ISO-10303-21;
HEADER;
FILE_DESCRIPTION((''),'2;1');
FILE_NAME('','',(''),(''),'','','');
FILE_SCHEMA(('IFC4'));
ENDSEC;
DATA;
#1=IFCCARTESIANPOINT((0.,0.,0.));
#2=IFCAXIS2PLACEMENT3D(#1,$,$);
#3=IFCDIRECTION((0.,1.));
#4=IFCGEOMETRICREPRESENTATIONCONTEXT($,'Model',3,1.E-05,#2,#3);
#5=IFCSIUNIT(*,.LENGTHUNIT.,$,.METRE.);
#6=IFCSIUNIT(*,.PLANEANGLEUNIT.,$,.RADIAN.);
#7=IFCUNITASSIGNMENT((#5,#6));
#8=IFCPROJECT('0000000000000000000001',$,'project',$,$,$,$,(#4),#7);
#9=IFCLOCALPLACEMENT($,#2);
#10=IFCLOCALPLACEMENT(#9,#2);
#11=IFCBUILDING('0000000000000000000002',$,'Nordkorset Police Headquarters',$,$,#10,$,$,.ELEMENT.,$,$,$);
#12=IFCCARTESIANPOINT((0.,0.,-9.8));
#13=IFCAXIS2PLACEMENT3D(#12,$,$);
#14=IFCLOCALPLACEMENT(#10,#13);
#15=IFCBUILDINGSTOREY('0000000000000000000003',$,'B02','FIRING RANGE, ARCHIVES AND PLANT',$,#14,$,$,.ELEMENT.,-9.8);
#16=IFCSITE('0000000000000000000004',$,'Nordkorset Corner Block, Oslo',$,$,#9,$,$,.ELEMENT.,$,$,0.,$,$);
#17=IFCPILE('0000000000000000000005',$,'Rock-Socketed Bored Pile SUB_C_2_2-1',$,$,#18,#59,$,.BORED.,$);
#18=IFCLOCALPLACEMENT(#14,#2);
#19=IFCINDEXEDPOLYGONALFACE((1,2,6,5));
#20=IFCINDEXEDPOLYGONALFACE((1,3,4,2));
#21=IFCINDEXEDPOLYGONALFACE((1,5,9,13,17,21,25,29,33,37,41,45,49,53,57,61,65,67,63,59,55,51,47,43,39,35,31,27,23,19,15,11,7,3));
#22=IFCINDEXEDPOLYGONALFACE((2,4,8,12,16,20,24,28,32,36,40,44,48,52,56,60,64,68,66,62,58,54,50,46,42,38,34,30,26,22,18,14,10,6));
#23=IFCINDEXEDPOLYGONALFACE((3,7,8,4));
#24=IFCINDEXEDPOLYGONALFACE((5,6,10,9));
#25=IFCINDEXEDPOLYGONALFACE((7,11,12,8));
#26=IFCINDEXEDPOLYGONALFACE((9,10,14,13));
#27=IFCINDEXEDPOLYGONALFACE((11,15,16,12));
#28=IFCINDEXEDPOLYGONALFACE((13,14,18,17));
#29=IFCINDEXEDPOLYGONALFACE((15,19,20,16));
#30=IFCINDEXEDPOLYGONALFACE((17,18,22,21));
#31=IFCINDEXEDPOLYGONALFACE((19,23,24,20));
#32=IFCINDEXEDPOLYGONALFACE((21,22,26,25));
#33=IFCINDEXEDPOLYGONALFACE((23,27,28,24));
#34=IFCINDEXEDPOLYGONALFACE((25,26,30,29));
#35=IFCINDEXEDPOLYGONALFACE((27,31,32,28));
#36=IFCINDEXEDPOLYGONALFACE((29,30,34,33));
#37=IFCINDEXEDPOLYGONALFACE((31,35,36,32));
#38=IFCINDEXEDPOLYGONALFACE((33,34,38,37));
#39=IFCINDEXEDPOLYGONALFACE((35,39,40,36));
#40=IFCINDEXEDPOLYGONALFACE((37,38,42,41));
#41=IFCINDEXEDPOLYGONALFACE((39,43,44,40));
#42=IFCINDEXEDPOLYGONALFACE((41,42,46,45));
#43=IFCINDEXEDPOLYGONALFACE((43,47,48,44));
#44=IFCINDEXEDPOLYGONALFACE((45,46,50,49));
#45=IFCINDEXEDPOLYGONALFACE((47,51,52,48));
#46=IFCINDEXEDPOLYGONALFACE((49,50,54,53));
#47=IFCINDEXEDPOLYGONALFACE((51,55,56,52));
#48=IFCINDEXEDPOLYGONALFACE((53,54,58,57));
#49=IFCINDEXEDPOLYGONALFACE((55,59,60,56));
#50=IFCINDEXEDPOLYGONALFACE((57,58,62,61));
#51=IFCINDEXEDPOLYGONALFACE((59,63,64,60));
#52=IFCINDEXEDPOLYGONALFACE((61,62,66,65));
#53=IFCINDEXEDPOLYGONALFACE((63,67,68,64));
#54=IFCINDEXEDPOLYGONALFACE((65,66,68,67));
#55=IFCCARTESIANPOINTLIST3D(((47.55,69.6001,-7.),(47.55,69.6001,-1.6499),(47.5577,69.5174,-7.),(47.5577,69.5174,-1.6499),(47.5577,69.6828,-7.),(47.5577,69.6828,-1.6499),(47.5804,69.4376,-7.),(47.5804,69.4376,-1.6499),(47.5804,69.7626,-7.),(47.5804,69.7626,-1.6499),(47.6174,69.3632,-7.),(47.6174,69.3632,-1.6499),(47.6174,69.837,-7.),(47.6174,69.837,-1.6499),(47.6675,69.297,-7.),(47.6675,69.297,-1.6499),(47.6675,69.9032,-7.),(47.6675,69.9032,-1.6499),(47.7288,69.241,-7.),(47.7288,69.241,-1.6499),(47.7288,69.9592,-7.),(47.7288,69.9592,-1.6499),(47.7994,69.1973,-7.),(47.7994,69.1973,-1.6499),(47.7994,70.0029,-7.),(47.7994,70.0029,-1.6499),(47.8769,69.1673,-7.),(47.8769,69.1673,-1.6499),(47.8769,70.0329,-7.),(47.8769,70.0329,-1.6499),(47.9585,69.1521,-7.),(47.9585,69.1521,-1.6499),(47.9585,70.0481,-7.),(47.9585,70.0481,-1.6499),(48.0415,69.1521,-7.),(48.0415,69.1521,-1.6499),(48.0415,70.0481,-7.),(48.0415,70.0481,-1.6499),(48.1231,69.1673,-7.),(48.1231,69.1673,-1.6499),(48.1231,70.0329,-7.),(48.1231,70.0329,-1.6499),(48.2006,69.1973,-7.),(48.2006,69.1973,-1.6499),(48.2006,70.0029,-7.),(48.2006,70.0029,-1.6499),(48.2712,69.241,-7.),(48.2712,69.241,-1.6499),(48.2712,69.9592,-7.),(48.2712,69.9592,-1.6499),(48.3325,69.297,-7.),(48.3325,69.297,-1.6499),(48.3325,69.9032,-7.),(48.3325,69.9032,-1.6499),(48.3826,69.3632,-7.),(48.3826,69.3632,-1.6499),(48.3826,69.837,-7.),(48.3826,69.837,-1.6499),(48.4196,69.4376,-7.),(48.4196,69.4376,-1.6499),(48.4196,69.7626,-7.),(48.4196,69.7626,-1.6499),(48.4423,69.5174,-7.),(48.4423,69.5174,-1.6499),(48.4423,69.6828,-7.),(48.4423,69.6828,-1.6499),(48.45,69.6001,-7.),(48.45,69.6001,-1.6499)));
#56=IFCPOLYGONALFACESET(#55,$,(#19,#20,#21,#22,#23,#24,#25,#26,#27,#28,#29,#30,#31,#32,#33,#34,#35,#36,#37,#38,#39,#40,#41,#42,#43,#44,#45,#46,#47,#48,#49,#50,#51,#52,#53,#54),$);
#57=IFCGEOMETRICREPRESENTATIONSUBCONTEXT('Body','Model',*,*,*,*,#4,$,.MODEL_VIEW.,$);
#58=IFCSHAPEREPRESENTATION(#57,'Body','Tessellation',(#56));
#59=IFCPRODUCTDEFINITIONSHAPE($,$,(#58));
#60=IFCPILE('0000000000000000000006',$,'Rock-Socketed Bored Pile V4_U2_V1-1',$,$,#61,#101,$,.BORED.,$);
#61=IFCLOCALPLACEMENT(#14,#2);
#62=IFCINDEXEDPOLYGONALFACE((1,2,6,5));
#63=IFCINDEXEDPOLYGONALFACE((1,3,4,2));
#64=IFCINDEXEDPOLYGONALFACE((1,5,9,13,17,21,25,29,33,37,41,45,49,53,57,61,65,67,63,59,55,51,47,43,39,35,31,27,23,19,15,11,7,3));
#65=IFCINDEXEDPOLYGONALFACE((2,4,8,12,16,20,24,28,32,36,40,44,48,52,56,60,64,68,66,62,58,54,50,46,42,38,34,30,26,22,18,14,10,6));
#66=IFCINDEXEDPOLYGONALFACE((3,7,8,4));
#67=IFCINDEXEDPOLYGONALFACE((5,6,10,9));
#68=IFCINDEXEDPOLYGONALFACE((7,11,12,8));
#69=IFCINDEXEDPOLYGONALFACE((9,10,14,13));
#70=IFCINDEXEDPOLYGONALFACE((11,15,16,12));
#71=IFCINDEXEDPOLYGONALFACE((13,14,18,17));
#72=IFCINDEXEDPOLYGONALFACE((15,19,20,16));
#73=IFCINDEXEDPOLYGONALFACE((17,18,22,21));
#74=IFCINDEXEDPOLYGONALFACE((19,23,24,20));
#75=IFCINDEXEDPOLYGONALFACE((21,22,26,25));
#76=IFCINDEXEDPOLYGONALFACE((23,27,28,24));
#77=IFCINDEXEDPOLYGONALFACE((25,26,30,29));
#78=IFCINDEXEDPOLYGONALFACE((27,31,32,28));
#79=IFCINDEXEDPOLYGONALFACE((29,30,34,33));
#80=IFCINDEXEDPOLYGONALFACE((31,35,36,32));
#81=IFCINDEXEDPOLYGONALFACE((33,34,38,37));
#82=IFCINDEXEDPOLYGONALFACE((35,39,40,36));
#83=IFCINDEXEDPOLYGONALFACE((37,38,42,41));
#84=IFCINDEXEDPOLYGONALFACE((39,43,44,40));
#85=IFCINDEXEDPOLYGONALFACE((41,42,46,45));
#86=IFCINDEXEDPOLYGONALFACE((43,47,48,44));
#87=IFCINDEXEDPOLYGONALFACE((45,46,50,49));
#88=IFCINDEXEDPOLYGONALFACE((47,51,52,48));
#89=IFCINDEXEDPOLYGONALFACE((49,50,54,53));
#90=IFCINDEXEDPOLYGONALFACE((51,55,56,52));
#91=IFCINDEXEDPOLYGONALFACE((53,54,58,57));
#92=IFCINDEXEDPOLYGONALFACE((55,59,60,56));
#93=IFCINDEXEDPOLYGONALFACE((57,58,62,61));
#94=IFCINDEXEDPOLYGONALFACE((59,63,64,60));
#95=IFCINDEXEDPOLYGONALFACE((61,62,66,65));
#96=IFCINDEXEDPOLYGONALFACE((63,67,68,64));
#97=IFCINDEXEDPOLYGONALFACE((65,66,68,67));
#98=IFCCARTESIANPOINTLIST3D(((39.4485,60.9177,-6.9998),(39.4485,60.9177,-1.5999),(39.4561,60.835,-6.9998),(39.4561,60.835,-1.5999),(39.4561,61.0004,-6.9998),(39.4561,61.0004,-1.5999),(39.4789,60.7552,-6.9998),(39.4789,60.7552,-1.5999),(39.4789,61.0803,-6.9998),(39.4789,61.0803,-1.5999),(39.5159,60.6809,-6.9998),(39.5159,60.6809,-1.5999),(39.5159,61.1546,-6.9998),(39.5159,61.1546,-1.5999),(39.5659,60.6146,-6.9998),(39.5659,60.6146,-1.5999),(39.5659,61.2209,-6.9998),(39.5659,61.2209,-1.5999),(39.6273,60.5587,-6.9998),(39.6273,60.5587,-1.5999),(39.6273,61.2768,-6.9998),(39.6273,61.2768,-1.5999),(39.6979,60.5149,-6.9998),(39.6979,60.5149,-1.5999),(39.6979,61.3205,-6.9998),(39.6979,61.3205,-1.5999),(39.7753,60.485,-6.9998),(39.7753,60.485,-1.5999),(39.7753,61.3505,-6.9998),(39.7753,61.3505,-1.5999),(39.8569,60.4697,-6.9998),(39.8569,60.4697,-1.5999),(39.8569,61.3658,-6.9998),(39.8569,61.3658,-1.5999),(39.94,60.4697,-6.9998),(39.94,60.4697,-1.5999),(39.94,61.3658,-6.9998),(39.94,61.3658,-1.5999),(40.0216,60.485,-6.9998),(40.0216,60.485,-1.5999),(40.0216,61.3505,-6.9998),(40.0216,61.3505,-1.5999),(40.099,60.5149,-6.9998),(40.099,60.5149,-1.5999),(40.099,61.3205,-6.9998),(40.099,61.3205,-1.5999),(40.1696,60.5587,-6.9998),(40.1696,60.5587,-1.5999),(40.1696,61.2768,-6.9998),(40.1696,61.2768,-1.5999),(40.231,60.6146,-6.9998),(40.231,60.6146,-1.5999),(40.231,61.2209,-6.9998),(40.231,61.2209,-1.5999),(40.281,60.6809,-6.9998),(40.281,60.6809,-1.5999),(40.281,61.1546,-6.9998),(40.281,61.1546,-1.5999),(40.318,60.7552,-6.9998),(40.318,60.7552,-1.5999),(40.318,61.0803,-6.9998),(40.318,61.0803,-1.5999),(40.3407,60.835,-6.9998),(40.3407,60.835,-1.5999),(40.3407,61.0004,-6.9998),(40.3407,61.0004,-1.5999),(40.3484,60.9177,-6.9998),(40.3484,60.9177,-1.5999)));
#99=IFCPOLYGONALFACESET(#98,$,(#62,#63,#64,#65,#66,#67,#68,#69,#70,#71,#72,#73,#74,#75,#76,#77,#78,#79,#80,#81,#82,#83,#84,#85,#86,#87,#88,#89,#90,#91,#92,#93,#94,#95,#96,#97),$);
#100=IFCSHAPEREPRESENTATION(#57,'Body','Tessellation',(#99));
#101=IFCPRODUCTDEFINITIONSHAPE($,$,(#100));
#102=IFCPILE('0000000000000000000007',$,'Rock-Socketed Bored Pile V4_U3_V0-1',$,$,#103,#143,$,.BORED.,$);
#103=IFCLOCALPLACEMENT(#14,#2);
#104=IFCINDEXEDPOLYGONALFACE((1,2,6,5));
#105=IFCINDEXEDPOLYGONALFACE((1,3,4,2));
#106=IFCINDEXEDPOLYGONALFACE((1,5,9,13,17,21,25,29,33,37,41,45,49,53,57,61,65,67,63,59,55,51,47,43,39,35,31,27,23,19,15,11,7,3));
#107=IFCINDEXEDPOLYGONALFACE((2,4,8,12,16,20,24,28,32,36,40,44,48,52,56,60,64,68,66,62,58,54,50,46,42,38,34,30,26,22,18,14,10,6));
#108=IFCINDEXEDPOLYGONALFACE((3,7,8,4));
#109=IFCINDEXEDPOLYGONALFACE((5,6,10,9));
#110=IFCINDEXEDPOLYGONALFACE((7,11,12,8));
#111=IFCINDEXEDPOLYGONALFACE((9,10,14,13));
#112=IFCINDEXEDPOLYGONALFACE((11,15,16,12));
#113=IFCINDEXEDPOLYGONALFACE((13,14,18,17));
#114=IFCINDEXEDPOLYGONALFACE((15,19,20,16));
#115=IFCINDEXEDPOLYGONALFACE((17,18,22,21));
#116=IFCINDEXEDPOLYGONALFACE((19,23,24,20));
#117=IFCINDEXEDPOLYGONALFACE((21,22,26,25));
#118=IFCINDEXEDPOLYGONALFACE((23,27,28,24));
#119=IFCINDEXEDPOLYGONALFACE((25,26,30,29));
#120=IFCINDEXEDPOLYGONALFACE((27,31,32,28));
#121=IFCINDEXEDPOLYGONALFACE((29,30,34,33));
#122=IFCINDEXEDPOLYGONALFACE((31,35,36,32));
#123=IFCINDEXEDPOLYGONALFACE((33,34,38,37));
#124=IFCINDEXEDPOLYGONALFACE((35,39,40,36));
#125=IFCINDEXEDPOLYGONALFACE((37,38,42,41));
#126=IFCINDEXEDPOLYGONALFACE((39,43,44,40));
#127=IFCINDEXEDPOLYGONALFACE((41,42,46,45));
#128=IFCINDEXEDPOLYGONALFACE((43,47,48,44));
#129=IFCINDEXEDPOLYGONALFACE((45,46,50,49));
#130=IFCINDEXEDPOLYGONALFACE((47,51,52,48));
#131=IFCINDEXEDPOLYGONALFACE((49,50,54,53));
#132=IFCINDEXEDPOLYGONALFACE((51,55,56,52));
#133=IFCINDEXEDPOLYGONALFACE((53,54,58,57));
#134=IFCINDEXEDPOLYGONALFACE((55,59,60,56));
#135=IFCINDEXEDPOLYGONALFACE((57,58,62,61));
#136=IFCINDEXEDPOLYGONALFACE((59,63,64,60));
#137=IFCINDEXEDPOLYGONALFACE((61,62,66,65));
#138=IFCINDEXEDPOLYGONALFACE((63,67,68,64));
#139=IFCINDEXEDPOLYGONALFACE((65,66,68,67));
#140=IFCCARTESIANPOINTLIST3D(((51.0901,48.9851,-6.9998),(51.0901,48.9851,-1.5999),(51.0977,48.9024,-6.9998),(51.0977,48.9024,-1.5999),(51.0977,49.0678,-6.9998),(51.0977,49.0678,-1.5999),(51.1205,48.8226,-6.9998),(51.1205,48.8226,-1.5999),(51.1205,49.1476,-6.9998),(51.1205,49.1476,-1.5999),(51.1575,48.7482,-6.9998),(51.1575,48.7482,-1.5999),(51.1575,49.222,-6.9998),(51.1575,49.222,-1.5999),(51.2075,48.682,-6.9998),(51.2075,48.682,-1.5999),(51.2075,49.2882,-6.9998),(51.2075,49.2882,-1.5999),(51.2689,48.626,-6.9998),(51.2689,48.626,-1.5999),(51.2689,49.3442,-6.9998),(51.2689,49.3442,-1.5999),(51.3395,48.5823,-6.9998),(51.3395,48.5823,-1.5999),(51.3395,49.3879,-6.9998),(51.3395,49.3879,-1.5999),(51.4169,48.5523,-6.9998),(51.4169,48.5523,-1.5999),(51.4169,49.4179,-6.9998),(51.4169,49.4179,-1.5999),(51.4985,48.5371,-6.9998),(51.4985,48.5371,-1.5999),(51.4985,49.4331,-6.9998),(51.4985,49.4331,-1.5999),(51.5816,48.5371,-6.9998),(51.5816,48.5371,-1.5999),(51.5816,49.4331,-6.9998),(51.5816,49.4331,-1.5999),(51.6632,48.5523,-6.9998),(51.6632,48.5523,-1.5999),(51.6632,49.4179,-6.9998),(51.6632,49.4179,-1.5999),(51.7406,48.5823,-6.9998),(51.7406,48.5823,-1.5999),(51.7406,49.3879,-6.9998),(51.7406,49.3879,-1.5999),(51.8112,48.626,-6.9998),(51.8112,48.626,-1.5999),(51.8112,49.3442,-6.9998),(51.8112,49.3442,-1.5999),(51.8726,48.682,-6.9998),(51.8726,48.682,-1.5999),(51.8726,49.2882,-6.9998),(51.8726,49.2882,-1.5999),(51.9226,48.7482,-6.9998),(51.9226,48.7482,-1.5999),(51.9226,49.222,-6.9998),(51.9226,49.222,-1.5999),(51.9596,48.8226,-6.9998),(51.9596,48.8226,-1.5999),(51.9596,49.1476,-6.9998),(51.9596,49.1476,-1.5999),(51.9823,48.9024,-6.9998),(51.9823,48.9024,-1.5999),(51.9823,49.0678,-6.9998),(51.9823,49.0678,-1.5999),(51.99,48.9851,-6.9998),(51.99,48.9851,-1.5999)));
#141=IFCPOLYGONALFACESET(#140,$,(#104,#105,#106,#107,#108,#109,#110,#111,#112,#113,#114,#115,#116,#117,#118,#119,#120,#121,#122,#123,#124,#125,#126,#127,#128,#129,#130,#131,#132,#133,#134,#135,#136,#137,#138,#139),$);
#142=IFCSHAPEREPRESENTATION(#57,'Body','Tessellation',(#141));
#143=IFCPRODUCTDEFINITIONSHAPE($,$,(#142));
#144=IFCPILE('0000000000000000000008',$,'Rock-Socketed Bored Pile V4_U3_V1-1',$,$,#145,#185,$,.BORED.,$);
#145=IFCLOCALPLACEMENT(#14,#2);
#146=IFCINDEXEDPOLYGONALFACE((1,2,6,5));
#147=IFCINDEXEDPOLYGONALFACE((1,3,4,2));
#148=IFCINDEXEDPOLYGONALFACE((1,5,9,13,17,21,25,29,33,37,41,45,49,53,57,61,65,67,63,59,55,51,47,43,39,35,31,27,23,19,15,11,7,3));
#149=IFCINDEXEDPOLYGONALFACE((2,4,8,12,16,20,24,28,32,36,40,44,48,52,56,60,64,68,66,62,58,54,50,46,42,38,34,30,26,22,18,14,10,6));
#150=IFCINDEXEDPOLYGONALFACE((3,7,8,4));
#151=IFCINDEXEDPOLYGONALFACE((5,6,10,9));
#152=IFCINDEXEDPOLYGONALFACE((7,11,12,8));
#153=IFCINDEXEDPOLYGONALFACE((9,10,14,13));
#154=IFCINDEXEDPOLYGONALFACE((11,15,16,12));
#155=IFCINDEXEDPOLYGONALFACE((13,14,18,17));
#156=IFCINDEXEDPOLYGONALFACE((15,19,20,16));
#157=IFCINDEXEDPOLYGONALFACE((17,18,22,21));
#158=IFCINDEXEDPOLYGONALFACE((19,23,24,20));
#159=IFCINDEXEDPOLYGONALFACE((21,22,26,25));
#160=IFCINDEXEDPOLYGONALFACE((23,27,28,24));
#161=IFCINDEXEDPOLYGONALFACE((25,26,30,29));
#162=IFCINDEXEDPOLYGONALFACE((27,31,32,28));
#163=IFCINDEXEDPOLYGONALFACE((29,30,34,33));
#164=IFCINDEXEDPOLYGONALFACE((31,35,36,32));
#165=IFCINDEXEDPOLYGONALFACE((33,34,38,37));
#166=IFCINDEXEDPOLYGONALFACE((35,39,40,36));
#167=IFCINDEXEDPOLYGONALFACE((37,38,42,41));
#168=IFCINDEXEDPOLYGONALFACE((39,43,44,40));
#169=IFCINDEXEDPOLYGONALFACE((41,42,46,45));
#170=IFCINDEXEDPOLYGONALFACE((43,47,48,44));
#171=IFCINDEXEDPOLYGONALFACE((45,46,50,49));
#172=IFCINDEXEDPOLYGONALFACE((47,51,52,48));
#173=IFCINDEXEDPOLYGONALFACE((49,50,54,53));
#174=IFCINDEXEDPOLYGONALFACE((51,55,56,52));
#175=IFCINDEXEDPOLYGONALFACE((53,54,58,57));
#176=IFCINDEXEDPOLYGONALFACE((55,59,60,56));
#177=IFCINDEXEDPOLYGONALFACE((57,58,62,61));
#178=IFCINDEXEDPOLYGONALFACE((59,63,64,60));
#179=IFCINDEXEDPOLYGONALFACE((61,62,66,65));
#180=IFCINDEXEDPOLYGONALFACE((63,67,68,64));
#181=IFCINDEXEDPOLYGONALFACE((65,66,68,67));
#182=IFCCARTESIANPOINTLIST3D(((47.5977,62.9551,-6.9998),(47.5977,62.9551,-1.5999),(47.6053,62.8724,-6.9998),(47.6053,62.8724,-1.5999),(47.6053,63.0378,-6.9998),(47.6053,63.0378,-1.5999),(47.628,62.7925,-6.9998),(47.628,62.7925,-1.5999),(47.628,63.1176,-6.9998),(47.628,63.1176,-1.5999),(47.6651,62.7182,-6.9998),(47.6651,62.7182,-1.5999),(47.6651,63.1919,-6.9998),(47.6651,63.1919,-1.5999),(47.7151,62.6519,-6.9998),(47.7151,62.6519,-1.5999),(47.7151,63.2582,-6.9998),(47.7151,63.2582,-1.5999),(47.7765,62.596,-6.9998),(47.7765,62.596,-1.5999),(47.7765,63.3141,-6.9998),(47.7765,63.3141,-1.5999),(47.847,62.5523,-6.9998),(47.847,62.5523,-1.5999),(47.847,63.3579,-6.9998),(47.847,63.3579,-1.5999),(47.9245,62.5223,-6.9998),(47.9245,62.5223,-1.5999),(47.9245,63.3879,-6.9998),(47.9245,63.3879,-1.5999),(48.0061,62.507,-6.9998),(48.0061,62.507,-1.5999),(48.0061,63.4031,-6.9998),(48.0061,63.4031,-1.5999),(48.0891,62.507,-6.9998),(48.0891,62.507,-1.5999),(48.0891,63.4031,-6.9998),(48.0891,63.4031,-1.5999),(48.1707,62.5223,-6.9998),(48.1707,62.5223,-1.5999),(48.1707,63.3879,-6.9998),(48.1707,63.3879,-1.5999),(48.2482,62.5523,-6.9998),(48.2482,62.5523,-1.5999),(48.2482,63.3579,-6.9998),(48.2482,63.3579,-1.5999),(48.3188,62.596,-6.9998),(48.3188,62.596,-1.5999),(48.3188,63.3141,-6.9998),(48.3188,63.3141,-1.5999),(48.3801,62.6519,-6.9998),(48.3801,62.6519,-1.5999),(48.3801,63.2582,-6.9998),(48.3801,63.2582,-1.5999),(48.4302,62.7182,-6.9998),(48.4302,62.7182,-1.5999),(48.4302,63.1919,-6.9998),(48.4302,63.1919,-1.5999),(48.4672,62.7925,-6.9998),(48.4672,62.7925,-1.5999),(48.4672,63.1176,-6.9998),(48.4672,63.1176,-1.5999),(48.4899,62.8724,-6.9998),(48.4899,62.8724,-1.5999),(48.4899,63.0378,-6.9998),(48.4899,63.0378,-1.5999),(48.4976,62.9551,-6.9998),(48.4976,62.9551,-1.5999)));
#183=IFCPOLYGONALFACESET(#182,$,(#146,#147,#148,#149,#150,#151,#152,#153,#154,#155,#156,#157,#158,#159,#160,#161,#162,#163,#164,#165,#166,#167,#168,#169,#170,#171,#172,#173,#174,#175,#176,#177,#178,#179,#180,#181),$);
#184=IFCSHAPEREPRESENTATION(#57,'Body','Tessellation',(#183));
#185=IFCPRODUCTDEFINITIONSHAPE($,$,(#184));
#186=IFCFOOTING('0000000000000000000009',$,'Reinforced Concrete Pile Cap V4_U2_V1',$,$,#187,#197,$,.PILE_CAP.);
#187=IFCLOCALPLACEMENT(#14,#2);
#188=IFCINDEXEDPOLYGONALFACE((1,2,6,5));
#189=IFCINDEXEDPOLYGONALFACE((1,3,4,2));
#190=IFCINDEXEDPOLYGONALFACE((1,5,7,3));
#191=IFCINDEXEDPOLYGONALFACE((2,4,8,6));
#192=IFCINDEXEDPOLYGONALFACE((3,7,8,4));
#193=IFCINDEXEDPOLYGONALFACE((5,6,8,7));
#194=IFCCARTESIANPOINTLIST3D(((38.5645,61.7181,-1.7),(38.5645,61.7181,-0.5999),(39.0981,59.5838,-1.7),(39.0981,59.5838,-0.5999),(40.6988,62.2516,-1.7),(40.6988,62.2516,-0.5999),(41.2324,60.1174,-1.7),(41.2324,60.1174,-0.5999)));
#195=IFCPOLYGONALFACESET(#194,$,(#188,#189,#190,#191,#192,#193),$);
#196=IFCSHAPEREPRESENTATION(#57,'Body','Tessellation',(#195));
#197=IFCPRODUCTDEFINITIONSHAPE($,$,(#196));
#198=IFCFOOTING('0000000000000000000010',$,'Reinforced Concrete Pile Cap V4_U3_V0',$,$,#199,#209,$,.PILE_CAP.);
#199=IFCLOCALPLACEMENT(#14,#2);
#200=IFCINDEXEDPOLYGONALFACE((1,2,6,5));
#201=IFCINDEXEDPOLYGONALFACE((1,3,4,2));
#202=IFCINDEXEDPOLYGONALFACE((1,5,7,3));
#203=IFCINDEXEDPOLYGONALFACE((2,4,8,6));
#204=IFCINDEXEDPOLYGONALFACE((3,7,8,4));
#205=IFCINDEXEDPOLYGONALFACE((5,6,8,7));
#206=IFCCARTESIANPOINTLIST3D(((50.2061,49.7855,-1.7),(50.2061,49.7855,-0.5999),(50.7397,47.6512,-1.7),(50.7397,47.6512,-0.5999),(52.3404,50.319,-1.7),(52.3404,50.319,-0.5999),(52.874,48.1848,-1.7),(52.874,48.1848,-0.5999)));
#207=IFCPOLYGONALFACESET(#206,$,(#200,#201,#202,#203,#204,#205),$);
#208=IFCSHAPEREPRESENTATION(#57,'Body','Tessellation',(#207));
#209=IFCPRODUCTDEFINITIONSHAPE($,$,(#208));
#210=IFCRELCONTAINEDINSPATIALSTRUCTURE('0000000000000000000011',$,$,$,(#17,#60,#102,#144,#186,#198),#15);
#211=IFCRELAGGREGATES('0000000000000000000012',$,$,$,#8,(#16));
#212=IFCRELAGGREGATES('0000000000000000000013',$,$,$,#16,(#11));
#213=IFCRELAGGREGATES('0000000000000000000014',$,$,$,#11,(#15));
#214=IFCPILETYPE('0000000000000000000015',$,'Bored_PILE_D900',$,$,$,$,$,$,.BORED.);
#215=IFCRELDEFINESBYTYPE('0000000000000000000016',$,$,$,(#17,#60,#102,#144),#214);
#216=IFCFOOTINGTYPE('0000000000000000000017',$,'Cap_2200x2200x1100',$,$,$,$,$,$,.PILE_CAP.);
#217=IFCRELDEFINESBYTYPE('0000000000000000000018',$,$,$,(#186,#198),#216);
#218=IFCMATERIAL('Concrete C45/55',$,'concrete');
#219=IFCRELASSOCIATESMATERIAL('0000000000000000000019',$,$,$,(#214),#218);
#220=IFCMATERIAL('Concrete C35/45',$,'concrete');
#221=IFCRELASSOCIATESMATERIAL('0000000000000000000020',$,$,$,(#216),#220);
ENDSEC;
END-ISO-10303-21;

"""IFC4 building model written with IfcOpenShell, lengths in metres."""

from ifc_helpers import new_model, si_unit, direction, frame, origin, origin_2d, place, context, subcontext, project, spatial, rectangle, circle, extrude, material, material_profile, profile_set, type_object, element, save


model = new_model("IFC4")

# Units and contexts
model_context = context("Model", 3, precision=1e-05, world=origin(), true_north=direction((0.0, 1.0)))
body_context = subcontext(model_context, "Body", "Model", "MODEL_VIEW")
ifc_project = project(units=[si_unit("LENGTHUNIT", "METRE"), si_unit("PLANEANGLEUNIT", "RADIAN")], contexts=[model_context])

# Site, building, storey
site_placement = place(None, origin())
site = spatial("IfcSite", under=ifc_project, at=site_placement, Name="Nordkorset Corner Block, Oslo", CompositionType="ELEMENT", RefElevation=0.0)
building_placement = place(site_placement, origin())
building = spatial("IfcBuilding", under=site, at=building_placement, Name="Nordkorset Police Headquarters", CompositionType="ELEMENT")
storey_placement = place(building_placement, frame((0.0, 0.0, -9.8)))
storey = spatial("IfcBuildingStorey", under=building, at=storey_placement, Name="B02", Description="FIRING RANGE, ARCHIVES AND PLANT", CompositionType="ELEMENT", Elevation=-9.8)

# Piles
ifc_material_1 = material(Name="Concrete C45/55", Category="concrete")
ifc_material_profile_1 = material_profile(ifc_material_1, circle(Radius=0.45, at=origin_2d()), Name="PILE D900")
ifc_profile_set_1 = profile_set([ifc_material_profile_1], Name="Concrete C45/55")
pile_type = type_object("IfcPileType", Name="Bored_PILE_D900", PredefinedType="BORED", material=ifc_profile_set_1)
pile_placement = place(storey_placement, frame((48.0, 69.6001, -1.6499), z_axis=(0.0, 0.0, -1.0), x_axis=(1.0, 0.0, 0.0)))
element("IfcPile", 1, at=pile_placement, inside=storey, type_object=pile_type, Name="Rock-Socketed Bored Pile SUB_C_2_2-1", PredefinedType="BORED", context=body_context, shape_type="SweptSolid", body=[
    extrude(circle(Radius=0.45, at=origin_2d()), origin(), (0.0, 0.0, 1.0), 5.3501),
])
for number, where, z_axis, x_axis, name in (
    (2, (39.8984, 60.9177, -1.5999), (0.0, 0.0, -1.0), (1.0, 0.0, 0.0), "Rock-Socketed Bored Pile V4_U2_V1-1"),
    (3, (51.54, 48.9851, -1.5999), (0.0, 0.0, -1.0), (1.0, 0.0, 0.0), "Rock-Socketed Bored Pile V4_U3_V0-1"),
    (4, (48.0476, 62.9551, -1.5999), (0.0, 0.0, -1.0), (1.0, 0.0, 0.0), "Rock-Socketed Bored Pile V4_U3_V1-1"),
):
    element("IfcPile", number, at=place(storey_placement, frame(where, z_axis=z_axis, x_axis=x_axis)), inside=storey, type_object=pile_type, Name=name, PredefinedType="BORED", context=body_context, shape_type="SweptSolid", body=[
        extrude(circle(Radius=0.45, at=origin_2d()), origin(), (0.0, 0.0, 1.0), 5.3999),
    ])

# Footings
ifc_material_2 = material(Name="Concrete C35/45", Category="concrete")
footing_type_1 = type_object("IfcFootingType", Name="Cap_2200x2200x1100", PredefinedType="PILE_CAP", material=ifc_material_2)
for number, where, z_axis, x_axis, name in (
    (5, (39.8984, 60.9177, -1.7), (0.0, 0.0, 1.0), (0.970143, 0.242536, 0.0), "Reinforced Concrete Pile Cap V4_U2_V1"),
    (6, (51.54, 48.9851, -1.7), (0.0, 0.0, 1.0), (0.970143, 0.242536, 0.0), "Reinforced Concrete Pile Cap V4_U3_V0"),
):
    element("IfcFooting", number, at=place(storey_placement, frame(where, z_axis=z_axis, x_axis=x_axis)), inside=storey, type_object=footing_type_1, Name=name, PredefinedType="PILE_CAP", context=body_context, shape_type="SweptSolid", body=[
        extrude(rectangle(XDim=2.2, YDim=2.2, at=origin_2d()), origin(), (0.0, 0.0, 1.0), 1.1001),
    ])

save(model, "model.ifc")
